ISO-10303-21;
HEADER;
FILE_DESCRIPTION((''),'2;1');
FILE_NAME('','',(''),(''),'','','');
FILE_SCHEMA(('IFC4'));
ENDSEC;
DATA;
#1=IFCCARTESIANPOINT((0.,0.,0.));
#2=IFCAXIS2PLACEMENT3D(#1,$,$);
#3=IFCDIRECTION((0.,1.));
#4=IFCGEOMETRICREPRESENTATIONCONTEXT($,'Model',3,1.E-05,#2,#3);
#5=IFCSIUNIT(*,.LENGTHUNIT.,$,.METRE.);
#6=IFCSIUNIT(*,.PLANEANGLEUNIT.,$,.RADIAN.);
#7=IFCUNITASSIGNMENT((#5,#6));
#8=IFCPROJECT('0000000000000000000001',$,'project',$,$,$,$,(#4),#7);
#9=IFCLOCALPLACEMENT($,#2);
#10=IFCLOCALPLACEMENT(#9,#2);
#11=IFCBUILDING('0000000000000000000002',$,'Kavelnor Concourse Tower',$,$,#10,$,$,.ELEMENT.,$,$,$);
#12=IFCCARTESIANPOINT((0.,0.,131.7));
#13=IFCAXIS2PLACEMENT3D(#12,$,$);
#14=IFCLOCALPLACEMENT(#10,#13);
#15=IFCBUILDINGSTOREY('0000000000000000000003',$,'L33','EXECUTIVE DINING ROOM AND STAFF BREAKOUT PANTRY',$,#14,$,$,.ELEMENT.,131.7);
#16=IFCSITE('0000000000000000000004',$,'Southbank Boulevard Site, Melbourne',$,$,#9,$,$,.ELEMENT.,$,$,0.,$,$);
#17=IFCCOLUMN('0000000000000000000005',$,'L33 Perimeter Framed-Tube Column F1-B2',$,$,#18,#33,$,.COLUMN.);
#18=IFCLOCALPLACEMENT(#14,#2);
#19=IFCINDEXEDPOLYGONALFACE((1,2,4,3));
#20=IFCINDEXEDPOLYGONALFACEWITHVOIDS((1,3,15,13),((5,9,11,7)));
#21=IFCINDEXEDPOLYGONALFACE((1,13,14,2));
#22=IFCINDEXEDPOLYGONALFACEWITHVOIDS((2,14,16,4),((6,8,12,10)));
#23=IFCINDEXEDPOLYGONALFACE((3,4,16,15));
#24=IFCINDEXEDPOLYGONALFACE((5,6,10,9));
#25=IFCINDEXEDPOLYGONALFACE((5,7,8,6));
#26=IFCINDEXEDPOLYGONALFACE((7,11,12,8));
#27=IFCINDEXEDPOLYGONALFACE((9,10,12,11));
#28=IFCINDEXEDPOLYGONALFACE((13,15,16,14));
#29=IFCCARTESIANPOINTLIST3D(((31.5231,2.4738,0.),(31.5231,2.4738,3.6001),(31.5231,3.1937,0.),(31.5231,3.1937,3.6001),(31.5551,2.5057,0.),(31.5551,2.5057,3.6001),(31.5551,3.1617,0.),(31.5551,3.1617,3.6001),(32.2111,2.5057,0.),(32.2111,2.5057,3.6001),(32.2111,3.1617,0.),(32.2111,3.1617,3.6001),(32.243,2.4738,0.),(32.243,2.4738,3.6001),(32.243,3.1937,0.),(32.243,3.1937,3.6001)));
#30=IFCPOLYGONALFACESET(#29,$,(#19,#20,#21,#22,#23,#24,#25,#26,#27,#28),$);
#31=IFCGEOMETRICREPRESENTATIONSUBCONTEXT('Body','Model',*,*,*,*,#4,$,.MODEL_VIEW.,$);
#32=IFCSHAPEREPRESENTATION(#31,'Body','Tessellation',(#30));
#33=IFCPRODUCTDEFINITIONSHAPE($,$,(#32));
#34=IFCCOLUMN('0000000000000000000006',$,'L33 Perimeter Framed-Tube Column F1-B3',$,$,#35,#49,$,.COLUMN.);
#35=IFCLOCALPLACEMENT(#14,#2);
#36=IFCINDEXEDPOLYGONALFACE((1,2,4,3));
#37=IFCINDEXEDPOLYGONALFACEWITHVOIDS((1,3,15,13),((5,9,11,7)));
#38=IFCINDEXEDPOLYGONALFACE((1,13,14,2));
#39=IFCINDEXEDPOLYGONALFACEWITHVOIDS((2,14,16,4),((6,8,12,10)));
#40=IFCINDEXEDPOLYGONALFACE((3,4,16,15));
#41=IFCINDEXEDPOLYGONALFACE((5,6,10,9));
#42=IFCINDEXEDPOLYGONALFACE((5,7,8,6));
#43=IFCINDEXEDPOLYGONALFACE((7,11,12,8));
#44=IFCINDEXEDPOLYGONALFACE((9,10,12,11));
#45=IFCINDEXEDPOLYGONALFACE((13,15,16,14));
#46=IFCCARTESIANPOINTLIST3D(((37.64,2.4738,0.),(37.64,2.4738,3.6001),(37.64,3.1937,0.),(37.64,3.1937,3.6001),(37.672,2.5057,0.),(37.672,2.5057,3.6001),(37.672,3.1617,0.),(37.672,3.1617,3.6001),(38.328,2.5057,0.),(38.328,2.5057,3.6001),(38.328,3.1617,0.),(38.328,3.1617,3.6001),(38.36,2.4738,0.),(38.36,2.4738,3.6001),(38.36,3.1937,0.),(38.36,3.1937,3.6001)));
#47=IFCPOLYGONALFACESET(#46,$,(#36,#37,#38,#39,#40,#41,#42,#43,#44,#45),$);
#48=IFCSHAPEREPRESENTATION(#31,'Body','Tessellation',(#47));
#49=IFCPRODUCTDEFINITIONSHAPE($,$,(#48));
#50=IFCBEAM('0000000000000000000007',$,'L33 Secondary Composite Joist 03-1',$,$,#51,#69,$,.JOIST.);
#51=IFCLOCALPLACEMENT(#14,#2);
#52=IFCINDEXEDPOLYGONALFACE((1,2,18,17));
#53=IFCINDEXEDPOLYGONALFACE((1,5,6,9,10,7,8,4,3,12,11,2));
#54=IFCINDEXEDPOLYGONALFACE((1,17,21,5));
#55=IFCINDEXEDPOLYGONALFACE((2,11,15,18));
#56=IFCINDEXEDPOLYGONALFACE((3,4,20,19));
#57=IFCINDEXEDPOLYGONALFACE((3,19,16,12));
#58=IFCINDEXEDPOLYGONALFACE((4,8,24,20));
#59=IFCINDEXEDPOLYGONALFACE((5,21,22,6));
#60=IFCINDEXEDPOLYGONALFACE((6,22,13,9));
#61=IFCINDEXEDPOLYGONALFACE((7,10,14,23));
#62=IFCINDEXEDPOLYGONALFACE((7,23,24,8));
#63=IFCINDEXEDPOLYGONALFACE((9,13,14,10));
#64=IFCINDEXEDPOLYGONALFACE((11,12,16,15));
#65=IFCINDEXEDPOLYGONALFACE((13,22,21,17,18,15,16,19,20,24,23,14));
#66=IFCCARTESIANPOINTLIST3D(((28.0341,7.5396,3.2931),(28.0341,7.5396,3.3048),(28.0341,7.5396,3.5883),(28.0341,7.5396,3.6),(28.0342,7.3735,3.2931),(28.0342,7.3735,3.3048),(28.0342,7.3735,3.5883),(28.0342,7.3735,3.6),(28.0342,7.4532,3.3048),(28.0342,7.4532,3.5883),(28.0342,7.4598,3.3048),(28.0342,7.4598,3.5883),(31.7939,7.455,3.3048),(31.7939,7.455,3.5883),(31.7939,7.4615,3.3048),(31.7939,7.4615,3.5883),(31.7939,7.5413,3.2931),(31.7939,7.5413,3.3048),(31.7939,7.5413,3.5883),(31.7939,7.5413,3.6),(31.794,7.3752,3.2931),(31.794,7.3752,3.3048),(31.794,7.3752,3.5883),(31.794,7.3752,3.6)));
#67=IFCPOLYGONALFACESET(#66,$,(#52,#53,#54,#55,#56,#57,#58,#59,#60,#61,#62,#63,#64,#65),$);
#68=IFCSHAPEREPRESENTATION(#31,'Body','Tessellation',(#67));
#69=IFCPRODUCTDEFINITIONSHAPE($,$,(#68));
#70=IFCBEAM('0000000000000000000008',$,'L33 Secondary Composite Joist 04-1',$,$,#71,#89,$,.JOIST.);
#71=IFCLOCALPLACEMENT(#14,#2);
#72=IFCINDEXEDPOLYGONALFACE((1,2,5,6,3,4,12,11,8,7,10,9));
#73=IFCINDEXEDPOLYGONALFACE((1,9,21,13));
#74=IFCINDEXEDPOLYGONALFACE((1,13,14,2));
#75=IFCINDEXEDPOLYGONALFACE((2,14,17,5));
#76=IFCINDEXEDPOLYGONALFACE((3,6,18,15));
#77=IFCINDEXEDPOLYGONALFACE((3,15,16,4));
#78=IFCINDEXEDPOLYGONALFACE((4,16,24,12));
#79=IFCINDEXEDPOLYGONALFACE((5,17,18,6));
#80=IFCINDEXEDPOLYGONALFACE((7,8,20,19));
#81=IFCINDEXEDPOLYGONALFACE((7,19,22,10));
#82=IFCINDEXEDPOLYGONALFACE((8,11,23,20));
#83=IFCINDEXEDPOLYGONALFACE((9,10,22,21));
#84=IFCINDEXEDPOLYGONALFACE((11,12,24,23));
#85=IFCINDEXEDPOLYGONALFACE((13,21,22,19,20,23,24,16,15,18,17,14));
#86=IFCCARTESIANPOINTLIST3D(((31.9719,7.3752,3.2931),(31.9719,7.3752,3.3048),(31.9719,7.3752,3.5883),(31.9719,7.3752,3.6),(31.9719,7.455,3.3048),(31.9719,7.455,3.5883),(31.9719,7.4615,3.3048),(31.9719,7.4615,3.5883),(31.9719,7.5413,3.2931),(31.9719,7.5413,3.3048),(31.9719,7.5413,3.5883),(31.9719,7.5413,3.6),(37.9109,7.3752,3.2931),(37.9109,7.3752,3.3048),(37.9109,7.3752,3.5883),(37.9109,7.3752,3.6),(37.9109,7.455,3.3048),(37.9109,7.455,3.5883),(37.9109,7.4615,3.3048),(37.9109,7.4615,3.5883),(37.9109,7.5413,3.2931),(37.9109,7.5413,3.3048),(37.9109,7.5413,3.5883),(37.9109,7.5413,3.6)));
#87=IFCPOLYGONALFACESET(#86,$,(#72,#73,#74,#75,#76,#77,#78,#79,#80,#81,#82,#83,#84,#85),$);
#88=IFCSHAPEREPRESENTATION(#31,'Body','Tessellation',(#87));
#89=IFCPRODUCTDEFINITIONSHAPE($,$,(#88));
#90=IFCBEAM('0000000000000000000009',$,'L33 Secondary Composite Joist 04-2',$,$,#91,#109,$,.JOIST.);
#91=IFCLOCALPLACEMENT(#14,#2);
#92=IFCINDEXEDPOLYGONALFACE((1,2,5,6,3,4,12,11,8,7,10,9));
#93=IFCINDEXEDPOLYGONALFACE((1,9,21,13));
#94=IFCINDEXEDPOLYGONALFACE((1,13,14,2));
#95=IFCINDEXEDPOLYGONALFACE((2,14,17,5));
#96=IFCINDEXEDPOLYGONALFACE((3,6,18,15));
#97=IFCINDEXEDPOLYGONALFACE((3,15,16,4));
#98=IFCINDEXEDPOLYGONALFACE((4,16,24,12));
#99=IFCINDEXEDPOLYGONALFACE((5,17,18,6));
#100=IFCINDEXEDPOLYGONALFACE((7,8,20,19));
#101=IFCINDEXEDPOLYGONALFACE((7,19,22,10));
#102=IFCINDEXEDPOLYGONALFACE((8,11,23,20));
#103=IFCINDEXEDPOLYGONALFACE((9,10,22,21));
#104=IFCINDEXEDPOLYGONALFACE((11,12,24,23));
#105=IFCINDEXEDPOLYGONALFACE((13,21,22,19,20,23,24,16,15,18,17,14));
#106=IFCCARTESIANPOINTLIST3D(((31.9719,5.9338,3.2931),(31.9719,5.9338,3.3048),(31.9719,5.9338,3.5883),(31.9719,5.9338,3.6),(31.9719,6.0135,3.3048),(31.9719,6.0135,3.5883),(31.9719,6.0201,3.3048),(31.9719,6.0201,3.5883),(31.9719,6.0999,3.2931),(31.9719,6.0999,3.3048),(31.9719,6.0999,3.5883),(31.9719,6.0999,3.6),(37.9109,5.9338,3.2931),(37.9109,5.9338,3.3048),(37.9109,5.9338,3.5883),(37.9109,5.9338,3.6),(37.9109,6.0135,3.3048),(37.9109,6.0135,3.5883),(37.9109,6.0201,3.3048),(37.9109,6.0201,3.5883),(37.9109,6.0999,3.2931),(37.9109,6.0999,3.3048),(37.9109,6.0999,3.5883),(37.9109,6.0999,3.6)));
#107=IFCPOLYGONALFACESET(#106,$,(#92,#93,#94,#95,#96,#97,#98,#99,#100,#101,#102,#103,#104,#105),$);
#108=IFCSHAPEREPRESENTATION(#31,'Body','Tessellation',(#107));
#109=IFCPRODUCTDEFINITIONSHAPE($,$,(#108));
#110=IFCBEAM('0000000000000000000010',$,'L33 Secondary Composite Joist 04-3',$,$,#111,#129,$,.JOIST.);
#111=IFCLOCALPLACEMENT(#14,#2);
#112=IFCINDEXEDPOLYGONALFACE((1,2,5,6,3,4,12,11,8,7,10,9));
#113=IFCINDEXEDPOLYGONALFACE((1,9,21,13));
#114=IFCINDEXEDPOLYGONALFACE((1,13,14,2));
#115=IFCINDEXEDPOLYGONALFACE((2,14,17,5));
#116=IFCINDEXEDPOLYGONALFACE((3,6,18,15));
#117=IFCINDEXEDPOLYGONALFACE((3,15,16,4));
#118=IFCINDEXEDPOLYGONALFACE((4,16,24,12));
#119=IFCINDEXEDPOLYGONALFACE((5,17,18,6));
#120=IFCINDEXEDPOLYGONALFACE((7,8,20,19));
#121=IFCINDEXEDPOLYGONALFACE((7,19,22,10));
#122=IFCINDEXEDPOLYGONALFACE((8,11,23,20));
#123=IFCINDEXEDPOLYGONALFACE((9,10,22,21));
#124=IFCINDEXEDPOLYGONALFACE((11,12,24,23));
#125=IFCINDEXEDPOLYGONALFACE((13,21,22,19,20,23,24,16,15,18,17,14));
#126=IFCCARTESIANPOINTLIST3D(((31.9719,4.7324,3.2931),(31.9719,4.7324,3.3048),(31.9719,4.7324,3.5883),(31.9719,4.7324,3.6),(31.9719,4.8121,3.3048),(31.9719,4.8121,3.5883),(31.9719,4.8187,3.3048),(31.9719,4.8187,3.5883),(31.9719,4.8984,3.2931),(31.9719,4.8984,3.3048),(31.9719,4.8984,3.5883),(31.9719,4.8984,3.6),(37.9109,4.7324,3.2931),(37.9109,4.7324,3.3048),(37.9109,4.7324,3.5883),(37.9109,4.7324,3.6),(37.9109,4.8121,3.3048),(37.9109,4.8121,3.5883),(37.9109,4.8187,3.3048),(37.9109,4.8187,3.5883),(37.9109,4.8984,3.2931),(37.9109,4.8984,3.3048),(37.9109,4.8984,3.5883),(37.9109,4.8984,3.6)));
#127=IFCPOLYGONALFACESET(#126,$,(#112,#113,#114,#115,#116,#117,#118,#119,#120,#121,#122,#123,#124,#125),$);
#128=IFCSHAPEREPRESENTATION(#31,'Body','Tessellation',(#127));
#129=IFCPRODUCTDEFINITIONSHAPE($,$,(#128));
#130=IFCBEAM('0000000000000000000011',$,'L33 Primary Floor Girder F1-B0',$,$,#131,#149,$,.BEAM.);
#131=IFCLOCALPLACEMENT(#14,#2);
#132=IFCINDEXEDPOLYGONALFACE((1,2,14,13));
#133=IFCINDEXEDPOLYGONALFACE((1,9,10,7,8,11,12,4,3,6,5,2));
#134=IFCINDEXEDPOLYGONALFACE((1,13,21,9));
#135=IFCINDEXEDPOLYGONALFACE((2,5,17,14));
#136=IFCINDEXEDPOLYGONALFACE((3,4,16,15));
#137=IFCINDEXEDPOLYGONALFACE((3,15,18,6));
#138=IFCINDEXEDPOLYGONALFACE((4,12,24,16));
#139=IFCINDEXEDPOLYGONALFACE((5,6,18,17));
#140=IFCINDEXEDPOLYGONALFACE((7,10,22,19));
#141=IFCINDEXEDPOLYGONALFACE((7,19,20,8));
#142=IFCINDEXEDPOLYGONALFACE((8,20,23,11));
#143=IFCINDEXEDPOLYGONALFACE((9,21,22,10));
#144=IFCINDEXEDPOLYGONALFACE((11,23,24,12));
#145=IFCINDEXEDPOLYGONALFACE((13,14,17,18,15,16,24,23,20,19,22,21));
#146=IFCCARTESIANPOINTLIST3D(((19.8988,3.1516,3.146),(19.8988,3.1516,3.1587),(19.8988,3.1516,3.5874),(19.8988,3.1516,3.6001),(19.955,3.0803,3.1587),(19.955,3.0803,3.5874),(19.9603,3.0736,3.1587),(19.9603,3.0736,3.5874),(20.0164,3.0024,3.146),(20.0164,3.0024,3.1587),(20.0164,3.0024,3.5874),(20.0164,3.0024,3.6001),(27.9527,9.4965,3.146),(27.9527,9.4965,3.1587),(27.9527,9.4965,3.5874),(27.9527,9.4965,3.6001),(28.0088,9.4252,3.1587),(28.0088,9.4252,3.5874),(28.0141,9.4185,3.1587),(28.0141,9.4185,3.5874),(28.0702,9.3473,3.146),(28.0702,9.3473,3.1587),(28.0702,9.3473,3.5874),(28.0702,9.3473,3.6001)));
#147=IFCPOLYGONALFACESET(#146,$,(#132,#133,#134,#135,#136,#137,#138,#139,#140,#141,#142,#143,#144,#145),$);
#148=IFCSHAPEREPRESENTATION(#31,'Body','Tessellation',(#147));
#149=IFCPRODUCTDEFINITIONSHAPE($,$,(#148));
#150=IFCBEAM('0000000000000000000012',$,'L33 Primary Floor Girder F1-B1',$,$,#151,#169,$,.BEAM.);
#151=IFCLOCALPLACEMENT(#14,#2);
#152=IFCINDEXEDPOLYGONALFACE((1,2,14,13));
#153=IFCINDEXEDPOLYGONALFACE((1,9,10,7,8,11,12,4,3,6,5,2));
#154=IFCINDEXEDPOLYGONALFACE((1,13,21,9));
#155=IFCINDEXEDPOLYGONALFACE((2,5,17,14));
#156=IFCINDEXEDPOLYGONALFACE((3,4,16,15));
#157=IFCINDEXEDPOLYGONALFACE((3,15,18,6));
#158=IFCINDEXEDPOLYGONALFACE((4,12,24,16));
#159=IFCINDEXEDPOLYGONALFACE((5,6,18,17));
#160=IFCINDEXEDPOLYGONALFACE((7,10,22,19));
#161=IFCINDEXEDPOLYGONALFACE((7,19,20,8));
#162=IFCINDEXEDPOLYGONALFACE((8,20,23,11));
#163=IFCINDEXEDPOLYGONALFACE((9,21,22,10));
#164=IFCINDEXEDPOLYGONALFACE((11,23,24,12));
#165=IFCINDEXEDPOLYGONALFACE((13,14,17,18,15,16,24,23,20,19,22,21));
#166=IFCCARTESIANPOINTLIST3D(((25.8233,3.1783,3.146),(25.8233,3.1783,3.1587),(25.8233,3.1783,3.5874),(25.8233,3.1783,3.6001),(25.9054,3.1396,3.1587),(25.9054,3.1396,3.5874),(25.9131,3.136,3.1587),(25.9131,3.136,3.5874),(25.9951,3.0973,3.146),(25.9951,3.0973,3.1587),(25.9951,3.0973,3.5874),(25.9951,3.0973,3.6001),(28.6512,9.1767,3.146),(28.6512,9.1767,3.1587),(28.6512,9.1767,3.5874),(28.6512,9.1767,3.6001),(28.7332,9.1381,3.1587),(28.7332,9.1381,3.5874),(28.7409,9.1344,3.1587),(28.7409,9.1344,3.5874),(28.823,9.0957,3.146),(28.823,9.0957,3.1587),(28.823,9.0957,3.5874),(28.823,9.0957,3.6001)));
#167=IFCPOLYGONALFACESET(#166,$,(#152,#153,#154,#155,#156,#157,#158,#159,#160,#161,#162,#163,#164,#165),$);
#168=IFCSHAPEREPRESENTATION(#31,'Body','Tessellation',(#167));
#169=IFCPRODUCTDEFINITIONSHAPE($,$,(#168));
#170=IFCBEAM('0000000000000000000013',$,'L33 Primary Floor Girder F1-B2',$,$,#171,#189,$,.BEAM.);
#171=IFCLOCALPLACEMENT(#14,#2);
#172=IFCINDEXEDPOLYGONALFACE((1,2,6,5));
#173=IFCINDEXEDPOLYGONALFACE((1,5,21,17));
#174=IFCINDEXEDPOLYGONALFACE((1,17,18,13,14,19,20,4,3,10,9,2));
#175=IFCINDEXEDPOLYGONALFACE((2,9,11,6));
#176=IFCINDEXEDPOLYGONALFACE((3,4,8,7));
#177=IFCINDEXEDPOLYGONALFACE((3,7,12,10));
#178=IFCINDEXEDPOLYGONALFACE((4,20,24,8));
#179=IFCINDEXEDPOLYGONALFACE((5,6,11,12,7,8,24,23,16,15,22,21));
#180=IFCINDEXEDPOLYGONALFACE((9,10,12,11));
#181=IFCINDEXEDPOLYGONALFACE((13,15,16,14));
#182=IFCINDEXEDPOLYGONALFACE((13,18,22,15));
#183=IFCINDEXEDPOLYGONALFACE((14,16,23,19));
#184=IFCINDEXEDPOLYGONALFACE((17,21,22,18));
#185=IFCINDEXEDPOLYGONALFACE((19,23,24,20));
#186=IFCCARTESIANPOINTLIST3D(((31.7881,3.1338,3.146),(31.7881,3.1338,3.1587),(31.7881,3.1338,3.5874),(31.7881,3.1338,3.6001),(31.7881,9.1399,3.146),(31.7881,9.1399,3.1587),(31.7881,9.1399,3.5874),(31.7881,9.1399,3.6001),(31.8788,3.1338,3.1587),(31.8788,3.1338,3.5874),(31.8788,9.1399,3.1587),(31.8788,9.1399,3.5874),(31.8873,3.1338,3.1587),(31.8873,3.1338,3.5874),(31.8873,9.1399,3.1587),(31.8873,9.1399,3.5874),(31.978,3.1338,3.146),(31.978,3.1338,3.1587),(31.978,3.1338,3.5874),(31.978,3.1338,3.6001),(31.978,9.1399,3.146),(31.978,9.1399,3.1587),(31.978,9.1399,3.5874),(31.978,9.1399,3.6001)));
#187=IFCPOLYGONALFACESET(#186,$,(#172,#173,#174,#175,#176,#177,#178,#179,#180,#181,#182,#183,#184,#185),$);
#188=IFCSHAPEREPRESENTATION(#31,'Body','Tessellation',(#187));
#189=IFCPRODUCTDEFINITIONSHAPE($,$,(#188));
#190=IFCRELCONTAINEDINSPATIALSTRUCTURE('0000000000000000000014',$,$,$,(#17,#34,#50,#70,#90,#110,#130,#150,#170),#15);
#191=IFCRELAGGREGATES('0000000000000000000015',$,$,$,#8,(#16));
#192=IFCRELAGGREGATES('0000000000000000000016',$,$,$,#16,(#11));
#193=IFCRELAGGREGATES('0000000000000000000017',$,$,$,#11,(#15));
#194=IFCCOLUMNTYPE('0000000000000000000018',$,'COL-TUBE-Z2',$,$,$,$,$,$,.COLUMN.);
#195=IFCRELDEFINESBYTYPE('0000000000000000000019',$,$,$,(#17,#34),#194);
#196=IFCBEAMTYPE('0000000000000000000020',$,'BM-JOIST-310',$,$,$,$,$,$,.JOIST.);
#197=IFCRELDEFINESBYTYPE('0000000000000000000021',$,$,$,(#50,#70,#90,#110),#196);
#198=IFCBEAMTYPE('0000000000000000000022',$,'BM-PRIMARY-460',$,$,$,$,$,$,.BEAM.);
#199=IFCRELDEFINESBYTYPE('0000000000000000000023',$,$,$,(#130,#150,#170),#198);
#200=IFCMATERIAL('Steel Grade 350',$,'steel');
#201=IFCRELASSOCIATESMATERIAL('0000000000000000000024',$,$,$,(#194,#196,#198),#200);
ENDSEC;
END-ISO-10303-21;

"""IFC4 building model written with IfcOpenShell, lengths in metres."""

from ifc_helpers import new_model, si_unit, direction, frame, origin, origin_2d, place, context, subcontext, project, spatial, hollow_rectangle, i_section, extrude, material, material_profile, profile_set, type_object, element, save


model = new_model("IFC4")

# Units and contexts
model_context = context("Model", 3, precision=1e-05, world=origin(), true_north=direction((0.0, 1.0)))
body_context = subcontext(model_context, "Body", "Model", "MODEL_VIEW")
ifc_project = project(units=[si_unit("LENGTHUNIT", "METRE"), si_unit("PLANEANGLEUNIT", "RADIAN")], contexts=[model_context])

# Site, building, storey
site_placement = place(None, origin())
site = spatial("IfcSite", under=ifc_project, at=site_placement, Name="Southbank Boulevard Site, Melbourne", CompositionType="ELEMENT", RefElevation=0.0)
building_placement = place(site_placement, origin())
building = spatial("IfcBuilding", under=site, at=building_placement, Name="Kavelnor Concourse Tower", CompositionType="ELEMENT")
storey_placement = place(building_placement, frame((0.0, 0.0, 131.7)))
storey = spatial("IfcBuildingStorey", under=building, at=storey_placement, Name="L33", Description="EXECUTIVE DINING ROOM AND STAFF BREAKOUT PANTRY", CompositionType="ELEMENT", Elevation=131.7)

# Columns
ifc_material_1 = material(Name="Steel Grade 350", Category="steel")
ifc_material_profile_1 = material_profile(ifc_material_1, hollow_rectangle(XDim=0.72, YDim=0.72, WallThickness=0.032, at=origin_2d()), Name="SHS 720x720x32")
ifc_profile_set_1 = profile_set([ifc_material_profile_1], Name="Steel Grade 350")
column_type = type_object("IfcColumnType", Name="COL-TUBE-Z2", PredefinedType="COLUMN", material=ifc_profile_set_1)
for number, where, z_axis, x_axis, name in (
    (1, (31.8831, 2.8337, 0.0), (0.0, 0.0, 1.0), (1.0, 0.0, 0.0), "L33 Perimeter Framed-Tube Column F1-B2"),
    (2, (38.0, 2.8337, 0.0), (0.0, 0.0, 1.0), (1.0, 0.0, 0.0), "L33 Perimeter Framed-Tube Column F1-B3"),
):
    element("IfcColumn", number, at=place(storey_placement, frame(where, z_axis=z_axis, x_axis=x_axis)), inside=storey, type_object=column_type, Name=name, PredefinedType="COLUMN", context=body_context, shape_type="SweptSolid", body=[
        extrude(hollow_rectangle(XDim=0.72, YDim=0.72, WallThickness=0.032, at=origin_2d()), origin(), (0.0, 0.0, 1.0), 3.6001),
    ])

# Beams
ifc_material_profile_2 = material_profile(ifc_material_1, i_section(OverallWidth=0.166, OverallDepth=0.3069, WebThickness=0.0066, FlangeThickness=0.0117, at=origin_2d()), Name="310UB46")
ifc_profile_set_2 = profile_set([ifc_material_profile_2], Name="Steel Grade 350")
beam_type_1 = type_object("IfcBeamType", Name="BM-JOIST-310", PredefinedType="JOIST", material=ifc_profile_set_2)
beam_1_placement = place(storey_placement, frame((28.0342, 7.4565, 3.4465), z_axis=(1.0, 0.000455, 0.0), x_axis=(-0.000455, 1.0, 0.0)))
element("IfcBeam", 3, at=beam_1_placement, inside=storey, type_object=beam_type_1, Name="L33 Secondary Composite Joist 03-1", PredefinedType="JOIST", context=body_context, shape_type="SweptSolid", body=[
    extrude(i_section(OverallWidth=0.166, OverallDepth=0.3069, WebThickness=0.0066, FlangeThickness=0.0117, at=origin_2d()), origin(), (0.0, 0.0, 1.0), 3.7598),
])
for number, where, z_axis, x_axis, name in (
    (4, (31.9719, 7.4583, 3.4465), (1.0, 0.0, 0.0), (0.0, 1.0, 0.0), "L33 Secondary Composite Joist 04-1"),
    (5, (31.9719, 6.0168, 3.4465), (1.0, 0.0, 0.0), (0.0, 1.0, 0.0), "L33 Secondary Composite Joist 04-2"),
    (6, (31.9719, 4.8154, 3.4465), (1.0, 0.0, 0.0), (0.0, 1.0, 0.0), "L33 Secondary Composite Joist 04-3"),
):
    element("IfcBeam", number, at=place(storey_placement, frame(where, z_axis=z_axis, x_axis=x_axis)), inside=storey, type_object=beam_type_1, Name=name, PredefinedType="JOIST", context=body_context, shape_type="SweptSolid", body=[
        extrude(i_section(OverallWidth=0.166, OverallDepth=0.3069, WebThickness=0.0066, FlangeThickness=0.0117, at=origin_2d()), origin(), (0.0, 0.0, 1.0), 5.939),
    ])
ifc_material_profile_3 = material_profile(ifc_material_1, i_section(OverallWidth=0.1899, OverallDepth=0.4541, WebThickness=0.0085, FlangeThickness=0.0127, at=origin_2d()), Name="460UB67")
ifc_profile_set_3 = profile_set([ifc_material_profile_3], Name="Steel Grade 350")
beam_type_2 = type_object("IfcBeamType", Name="BM-PRIMARY-460", PredefinedType="BEAM", material=ifc_profile_set_3)
beam_2_placement = place(storey_placement, frame((28.0115, 9.4219, 3.373), z_axis=(-0.785519, -0.618838, 0.0), x_axis=(0.618838, -0.785519, 0.0)))
element("IfcBeam", 7, at=beam_2_placement, inside=storey, type_object=beam_type_2, Name="L33 Primary Floor Girder F1-B0", PredefinedType="BEAM", context=body_context, shape_type="SweptSolid", body=[
    extrude(i_section(OverallWidth=0.1899, OverallDepth=0.4541, WebThickness=0.0085, FlangeThickness=0.0127, at=origin_2d()), origin(), (0.0, 0.0, 1.0), 10.2529),
])
beam_3_placement = place(storey_placement, frame((28.7371, 9.1362, 3.373), z_axis=(-0.426419, -0.904526, 0.0), x_axis=(0.904526, -0.426419, 0.0)))
element("IfcBeam", 8, at=beam_3_placement, inside=storey, type_object=beam_type_2, Name="L33 Primary Floor Girder F1-B1", PredefinedType="BEAM", context=body_context, shape_type="SweptSolid", body=[
    extrude(i_section(OverallWidth=0.1899, OverallDepth=0.4541, WebThickness=0.0085, FlangeThickness=0.0127, at=origin_2d()), origin(), (0.0, 0.0, 1.0), 6.6316),
])
for number, where, z_axis, x_axis, name in (
    (9, (31.8831, 9.1399, 3.373), (0.0, -1.0, 0.0), (1.0, 0.0, 0.0), "L33 Primary Floor Girder F1-B2"),
):
    element("IfcBeam", number, at=place(storey_placement, frame(where, z_axis=z_axis, x_axis=x_axis)), inside=storey, type_object=beam_type_2, Name=name, PredefinedType="BEAM", context=body_context, shape_type="SweptSolid", body=[
        extrude(i_section(OverallWidth=0.1899, OverallDepth=0.4541, WebThickness=0.0085, FlangeThickness=0.0127, at=origin_2d()), origin(), (0.0, 0.0, 1.0), 6.0061),
    ])

save(model, "model.ifc")
